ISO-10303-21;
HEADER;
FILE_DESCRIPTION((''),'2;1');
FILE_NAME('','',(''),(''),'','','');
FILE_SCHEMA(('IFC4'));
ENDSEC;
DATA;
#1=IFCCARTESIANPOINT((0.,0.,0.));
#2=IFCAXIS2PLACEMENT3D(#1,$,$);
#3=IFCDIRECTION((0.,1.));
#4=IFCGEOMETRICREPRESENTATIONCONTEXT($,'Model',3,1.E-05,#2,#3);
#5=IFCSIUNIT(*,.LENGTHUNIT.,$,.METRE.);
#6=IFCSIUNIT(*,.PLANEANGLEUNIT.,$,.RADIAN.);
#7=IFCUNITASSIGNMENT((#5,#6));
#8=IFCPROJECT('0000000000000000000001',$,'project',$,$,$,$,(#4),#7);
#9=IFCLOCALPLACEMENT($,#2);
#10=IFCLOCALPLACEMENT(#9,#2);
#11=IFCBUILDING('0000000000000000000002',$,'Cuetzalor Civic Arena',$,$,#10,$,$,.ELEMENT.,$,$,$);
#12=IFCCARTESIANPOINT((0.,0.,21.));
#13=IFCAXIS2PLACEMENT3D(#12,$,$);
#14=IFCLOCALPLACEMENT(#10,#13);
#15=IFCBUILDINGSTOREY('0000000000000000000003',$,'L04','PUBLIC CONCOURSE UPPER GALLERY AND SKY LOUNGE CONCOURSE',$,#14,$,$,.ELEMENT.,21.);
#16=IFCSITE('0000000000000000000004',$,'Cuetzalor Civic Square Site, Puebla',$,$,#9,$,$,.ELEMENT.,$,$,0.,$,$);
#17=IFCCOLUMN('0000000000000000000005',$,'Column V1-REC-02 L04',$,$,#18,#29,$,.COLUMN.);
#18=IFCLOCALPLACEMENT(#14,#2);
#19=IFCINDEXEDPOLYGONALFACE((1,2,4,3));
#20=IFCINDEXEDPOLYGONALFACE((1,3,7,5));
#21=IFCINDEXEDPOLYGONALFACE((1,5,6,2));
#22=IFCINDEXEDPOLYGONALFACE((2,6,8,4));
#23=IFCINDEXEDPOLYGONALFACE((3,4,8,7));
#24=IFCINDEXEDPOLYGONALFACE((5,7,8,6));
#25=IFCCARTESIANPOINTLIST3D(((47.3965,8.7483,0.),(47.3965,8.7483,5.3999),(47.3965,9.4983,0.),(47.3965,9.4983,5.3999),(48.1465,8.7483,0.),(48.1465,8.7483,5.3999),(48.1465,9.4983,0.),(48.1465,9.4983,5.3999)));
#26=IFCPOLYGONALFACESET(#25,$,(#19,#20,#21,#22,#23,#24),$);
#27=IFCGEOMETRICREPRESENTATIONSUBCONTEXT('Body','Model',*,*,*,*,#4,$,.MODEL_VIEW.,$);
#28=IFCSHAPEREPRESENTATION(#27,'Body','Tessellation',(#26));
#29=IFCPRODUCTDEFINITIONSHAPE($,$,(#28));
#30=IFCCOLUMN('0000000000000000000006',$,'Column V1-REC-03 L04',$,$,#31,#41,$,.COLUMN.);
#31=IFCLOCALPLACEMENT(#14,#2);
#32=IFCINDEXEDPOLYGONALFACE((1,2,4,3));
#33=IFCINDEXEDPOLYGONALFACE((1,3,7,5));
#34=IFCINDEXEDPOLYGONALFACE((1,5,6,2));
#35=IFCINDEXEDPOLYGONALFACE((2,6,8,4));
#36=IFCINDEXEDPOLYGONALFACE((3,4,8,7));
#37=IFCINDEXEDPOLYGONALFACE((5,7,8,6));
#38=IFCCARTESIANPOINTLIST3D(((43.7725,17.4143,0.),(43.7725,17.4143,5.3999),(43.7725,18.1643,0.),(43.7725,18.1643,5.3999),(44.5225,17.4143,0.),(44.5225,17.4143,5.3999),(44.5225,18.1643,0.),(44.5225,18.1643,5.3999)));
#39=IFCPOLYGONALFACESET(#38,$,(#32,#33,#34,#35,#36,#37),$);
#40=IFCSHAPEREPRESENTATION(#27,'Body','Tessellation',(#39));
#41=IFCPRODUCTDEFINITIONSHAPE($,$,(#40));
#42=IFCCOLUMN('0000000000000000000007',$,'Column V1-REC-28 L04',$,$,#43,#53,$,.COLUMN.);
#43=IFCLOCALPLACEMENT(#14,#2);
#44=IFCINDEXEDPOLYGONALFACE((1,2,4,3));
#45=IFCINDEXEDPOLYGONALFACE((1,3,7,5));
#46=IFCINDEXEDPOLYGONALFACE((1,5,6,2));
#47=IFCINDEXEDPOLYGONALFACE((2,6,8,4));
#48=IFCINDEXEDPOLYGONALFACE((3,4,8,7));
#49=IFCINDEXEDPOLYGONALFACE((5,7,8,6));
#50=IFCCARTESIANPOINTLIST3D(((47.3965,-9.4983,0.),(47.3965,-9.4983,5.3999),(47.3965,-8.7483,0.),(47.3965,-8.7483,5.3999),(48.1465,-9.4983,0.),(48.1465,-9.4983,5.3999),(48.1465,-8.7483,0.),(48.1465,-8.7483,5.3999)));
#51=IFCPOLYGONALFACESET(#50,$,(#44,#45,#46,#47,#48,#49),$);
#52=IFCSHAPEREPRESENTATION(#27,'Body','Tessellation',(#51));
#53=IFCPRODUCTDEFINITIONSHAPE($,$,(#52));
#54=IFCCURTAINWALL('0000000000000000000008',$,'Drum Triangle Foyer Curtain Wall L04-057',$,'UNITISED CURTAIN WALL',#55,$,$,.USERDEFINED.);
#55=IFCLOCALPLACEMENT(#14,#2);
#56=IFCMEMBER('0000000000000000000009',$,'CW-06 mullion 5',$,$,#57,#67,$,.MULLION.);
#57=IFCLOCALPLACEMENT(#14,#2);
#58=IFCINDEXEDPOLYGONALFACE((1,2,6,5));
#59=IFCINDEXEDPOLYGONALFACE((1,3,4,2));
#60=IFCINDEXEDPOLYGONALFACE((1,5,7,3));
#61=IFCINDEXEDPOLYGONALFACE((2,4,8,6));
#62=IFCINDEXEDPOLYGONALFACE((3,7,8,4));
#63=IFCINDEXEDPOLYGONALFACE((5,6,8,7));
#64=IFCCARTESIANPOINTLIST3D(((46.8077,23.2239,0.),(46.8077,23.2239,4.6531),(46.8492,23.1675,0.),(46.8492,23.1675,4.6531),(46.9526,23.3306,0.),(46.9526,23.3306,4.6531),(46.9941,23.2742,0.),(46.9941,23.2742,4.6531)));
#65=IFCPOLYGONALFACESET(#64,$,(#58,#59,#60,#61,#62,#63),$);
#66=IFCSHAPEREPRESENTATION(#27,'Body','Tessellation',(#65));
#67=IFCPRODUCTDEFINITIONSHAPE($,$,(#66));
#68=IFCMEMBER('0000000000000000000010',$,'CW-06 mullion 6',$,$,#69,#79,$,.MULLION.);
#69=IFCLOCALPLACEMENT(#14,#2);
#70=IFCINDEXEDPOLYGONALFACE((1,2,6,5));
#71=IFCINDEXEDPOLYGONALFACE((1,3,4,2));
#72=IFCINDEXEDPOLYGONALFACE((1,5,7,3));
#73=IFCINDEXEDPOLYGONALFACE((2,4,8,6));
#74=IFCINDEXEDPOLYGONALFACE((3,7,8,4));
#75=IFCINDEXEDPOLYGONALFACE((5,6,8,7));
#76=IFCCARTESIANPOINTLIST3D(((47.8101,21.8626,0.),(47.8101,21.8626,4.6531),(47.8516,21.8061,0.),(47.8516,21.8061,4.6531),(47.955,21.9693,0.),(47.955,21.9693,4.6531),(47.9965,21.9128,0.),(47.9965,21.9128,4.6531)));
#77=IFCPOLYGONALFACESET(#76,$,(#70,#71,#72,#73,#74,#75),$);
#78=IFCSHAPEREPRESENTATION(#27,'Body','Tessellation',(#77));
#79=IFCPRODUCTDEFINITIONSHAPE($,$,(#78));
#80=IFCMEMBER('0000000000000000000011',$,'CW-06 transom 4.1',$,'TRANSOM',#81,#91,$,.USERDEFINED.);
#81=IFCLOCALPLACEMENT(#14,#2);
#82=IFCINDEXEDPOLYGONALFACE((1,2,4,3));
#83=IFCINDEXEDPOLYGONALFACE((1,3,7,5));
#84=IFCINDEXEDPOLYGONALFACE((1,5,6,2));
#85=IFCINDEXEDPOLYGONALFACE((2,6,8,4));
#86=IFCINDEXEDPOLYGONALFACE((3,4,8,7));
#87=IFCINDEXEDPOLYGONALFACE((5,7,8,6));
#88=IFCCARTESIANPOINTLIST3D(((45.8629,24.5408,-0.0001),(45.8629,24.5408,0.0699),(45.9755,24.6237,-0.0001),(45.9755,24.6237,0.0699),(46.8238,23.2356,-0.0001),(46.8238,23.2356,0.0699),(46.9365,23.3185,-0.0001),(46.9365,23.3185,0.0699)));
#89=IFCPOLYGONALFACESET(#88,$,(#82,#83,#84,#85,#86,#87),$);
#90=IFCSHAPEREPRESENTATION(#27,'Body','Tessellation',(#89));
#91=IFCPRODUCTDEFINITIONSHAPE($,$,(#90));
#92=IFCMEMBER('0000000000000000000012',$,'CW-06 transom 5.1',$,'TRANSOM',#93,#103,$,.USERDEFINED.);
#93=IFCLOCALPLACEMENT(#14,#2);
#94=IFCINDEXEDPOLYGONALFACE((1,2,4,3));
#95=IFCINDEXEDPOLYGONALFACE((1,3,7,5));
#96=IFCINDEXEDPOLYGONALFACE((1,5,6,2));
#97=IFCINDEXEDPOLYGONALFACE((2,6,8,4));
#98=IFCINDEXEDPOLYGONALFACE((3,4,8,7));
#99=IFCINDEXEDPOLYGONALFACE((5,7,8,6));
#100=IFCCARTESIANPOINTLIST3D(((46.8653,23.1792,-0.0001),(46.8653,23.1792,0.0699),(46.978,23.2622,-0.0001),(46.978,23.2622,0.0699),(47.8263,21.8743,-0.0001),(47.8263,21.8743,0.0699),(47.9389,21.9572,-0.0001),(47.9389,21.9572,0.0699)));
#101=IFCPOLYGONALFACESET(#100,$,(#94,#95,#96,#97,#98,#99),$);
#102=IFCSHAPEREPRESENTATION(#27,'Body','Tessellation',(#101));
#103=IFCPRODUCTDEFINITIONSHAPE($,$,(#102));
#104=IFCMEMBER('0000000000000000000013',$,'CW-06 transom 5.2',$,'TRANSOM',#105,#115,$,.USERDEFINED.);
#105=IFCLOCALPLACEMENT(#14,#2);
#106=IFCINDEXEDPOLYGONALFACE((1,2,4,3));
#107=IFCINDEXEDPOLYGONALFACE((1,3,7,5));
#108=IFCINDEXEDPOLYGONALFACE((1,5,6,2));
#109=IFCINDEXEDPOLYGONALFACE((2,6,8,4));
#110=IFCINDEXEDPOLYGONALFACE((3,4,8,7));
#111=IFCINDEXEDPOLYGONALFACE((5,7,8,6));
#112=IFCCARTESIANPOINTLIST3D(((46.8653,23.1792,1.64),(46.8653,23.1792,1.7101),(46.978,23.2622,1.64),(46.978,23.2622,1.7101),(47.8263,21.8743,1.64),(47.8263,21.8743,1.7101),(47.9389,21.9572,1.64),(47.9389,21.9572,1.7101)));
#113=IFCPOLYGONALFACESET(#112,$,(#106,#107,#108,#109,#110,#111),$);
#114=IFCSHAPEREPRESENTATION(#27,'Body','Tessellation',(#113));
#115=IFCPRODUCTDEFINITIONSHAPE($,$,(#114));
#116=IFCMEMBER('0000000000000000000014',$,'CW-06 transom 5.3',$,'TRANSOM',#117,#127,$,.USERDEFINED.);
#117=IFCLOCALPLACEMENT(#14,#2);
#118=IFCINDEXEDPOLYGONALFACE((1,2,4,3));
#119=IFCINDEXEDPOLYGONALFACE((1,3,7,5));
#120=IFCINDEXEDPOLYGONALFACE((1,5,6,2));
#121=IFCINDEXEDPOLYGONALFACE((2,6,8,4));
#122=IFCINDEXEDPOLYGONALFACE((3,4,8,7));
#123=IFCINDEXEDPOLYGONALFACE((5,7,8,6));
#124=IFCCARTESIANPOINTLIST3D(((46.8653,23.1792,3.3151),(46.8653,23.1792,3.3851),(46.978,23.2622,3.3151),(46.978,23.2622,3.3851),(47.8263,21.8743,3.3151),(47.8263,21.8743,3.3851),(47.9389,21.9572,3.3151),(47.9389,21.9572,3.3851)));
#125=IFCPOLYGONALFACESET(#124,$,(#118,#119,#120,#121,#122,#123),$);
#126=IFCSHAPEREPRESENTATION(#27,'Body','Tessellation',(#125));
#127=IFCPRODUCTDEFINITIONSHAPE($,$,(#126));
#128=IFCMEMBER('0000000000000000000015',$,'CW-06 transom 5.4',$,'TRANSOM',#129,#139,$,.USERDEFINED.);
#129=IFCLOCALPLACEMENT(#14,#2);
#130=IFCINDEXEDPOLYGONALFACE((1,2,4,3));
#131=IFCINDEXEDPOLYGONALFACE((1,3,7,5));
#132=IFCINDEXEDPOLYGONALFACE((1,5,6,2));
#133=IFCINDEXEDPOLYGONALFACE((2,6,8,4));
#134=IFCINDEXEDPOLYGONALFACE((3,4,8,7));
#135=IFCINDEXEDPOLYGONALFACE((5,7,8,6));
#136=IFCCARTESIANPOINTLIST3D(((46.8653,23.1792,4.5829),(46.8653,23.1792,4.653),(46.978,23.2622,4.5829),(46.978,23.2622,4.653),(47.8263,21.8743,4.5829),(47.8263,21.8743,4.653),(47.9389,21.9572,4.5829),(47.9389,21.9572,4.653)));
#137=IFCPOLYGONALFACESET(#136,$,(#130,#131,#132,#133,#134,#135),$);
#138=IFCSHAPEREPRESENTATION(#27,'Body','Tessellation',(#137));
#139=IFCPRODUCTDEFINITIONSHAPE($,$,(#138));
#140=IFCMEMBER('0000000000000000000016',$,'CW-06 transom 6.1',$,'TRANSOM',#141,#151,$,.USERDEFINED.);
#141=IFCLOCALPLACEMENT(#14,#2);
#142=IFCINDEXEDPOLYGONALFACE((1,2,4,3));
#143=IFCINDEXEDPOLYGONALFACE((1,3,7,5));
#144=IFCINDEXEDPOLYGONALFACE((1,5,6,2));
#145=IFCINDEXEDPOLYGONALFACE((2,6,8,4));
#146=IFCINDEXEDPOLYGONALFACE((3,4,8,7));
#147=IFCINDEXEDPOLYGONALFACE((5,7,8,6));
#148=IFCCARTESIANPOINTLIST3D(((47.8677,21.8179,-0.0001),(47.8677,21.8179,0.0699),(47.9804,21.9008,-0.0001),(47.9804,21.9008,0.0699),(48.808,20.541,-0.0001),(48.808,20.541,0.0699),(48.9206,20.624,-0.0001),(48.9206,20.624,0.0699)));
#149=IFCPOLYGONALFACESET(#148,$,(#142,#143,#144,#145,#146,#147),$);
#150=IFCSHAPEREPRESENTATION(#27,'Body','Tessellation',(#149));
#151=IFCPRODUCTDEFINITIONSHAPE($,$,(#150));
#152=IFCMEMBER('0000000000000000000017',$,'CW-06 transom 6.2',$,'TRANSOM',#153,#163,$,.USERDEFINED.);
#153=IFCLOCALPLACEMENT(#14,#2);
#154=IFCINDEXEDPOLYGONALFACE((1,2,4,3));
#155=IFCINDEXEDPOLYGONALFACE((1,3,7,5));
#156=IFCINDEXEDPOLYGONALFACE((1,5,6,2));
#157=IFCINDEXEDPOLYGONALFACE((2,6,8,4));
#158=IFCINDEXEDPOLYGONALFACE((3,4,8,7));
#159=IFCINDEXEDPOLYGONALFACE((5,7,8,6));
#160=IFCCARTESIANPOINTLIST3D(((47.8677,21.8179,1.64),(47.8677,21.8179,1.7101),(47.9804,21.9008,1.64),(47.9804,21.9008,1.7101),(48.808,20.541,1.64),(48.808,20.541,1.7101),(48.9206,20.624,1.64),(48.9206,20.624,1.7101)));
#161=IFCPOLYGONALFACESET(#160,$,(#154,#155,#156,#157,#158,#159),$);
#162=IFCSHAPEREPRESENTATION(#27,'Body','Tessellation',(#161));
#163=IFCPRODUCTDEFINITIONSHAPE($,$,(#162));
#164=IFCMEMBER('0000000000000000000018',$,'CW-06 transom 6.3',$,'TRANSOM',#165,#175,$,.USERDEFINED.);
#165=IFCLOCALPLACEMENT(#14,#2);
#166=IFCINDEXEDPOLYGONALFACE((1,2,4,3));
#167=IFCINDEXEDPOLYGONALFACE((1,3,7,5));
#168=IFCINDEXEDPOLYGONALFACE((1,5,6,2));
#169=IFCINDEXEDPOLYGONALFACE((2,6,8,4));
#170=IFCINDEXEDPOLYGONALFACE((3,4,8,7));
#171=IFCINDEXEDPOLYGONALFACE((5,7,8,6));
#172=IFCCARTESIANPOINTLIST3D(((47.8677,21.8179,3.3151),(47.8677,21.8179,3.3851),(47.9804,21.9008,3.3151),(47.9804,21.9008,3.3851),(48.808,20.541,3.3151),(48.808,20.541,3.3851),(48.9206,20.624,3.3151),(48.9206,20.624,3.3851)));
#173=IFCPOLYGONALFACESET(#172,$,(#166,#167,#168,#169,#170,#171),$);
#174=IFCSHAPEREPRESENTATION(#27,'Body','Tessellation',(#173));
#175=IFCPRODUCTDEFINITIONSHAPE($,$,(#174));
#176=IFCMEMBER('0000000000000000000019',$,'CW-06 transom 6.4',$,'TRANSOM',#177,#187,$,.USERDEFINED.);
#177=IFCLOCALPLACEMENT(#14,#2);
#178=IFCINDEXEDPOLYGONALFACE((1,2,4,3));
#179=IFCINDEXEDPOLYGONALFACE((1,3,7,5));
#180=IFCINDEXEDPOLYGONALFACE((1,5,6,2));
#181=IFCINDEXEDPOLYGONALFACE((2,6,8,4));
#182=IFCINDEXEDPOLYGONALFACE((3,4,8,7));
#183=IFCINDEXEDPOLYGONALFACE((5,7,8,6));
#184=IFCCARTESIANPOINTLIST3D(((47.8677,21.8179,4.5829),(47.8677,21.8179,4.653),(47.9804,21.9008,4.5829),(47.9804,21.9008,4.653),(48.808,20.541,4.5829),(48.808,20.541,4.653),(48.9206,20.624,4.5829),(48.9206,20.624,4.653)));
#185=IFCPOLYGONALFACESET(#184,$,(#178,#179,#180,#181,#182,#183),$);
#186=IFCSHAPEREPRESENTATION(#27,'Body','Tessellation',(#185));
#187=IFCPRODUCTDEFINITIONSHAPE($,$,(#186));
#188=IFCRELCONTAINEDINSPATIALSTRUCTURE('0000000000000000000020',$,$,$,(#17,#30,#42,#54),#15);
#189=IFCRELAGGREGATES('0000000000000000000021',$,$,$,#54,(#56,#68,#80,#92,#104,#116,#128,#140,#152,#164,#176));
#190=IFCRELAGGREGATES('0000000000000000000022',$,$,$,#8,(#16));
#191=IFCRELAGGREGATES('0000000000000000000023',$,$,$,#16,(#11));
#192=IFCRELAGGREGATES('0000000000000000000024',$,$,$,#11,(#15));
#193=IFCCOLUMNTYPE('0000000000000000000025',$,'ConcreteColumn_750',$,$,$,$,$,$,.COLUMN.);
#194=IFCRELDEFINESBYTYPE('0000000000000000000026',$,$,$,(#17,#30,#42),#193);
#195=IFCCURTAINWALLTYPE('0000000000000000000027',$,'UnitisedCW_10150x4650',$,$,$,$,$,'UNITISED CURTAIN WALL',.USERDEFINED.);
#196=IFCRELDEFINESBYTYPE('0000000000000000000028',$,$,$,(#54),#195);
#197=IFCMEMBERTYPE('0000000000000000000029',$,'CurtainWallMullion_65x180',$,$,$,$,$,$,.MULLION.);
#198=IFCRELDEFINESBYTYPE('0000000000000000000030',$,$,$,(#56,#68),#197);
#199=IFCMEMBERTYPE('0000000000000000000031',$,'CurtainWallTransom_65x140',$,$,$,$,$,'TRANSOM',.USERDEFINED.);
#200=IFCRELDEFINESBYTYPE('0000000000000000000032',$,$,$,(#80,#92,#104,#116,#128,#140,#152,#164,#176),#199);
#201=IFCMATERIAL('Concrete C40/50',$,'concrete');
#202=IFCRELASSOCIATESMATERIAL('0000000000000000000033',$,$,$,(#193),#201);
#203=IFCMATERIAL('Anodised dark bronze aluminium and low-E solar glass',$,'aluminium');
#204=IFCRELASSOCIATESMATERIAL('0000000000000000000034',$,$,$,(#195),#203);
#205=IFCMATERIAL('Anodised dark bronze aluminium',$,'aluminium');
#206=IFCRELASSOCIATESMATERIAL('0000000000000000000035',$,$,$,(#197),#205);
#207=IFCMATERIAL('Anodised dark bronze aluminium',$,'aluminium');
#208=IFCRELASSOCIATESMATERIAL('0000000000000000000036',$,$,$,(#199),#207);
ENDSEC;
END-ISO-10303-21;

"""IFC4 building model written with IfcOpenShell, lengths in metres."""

from ifc_helpers import new_model, si_unit, direction, frame, origin, origin_2d, place, context, subcontext, project, spatial, rectangle, extrude, material, material_profile, profile_set, type_object, element, aggregate, save


model = new_model("IFC4")

# Units and contexts
model_context = context("Model", 3, precision=1e-05, world=origin(), true_north=direction((0.0, 1.0)))
body_context = subcontext(model_context, "Body", "Model", "MODEL_VIEW")
ifc_project = project(units=[si_unit("LENGTHUNIT", "METRE"), si_unit("PLANEANGLEUNIT", "RADIAN")], contexts=[model_context])

# Site, building, storey
site_placement = place(None, origin())
site = spatial("IfcSite", under=ifc_project, at=site_placement, Name="Cuetzalor Civic Square Site, Puebla", CompositionType="ELEMENT", RefElevation=0.0)
building_placement = place(site_placement, origin())
building = spatial("IfcBuilding", under=site, at=building_placement, Name="Cuetzalor Civic Arena", CompositionType="ELEMENT")
storey_placement = place(building_placement, frame((0.0, 0.0, 21.0)))
storey = spatial("IfcBuildingStorey", under=building, at=storey_placement, Name="L04", Description="PUBLIC CONCOURSE UPPER GALLERY AND SKY LOUNGE CONCOURSE", CompositionType="ELEMENT", Elevation=21.0)

# Columns
ifc_material_1 = material(Name="Concrete C40/50", Category="concrete")
ifc_material_profile_1 = material_profile(ifc_material_1, rectangle(XDim=0.75, YDim=0.75, at=origin_2d()), Name="RC 750x750")
ifc_profile_set_1 = profile_set([ifc_material_profile_1], Name="Concrete C40/50")
column_type = type_object("IfcColumnType", Name="ConcreteColumn_750", PredefinedType="COLUMN", material=ifc_profile_set_1)
for number, where, z_axis, x_axis, name in (
    (1, (47.7715, 9.1233, 0.0), (0.0, 0.0, 1.0), (1.0, 0.0, 0.0), "Column V1-REC-02 L04"),
    (2, (44.1475, 17.7893, 0.0), (0.0, 0.0, 1.0), (1.0, 0.0, 0.0), "Column V1-REC-03 L04"),
    (3, (47.7715, -9.1233, 0.0), (0.0, 0.0, 1.0), (1.0, 0.0, 0.0), "Column V1-REC-28 L04"),
):
    element("IfcColumn", number, at=place(storey_placement, frame(where, z_axis=z_axis, x_axis=x_axis)), inside=storey, type_object=column_type, Name=name, PredefinedType="COLUMN", context=body_context, shape_type="SweptSolid", body=[
        extrude(rectangle(XDim=0.75, YDim=0.75, at=origin_2d()), origin(), (0.0, 0.0, 1.0), 5.3999),
    ])

# Curtain wall, members
ifc_material_2 = material(Name="Anodised dark bronze aluminium and low-E solar glass", Category="aluminium")
curtain_wall_type = type_object("IfcCurtainWallType", Name="UnitisedCW_10150x4650", ElementType="UNITISED CURTAIN WALL", PredefinedType="USERDEFINED", material=ifc_material_2)
curtain_wall_placement = place(storey_placement, origin())
curtain_wall = element("IfcCurtainWall", 4, at=curtain_wall_placement, inside=storey, type_object=curtain_wall_type, Name="Drum Triangle Foyer Curtain Wall L04-057", ObjectType="UNITISED CURTAIN WALL", PredefinedType="USERDEFINED")
ifc_material_3 = material(Name="Anodised dark bronze aluminium", Category="aluminium")
ifc_material_profile_2 = material_profile(ifc_material_3, rectangle(XDim=0.0701, YDim=0.1799, at=origin_2d()), Name="ALU MULLION 70x180")
ifc_profile_set_2 = profile_set([ifc_material_profile_2], Name="Anodised dark bronze aluminium")
member_type_1 = type_object("IfcMemberType", Name="CurtainWallMullion_65x180", PredefinedType="MULLION", material=ifc_profile_set_2)
member_1_placement = place(storey_placement, frame((46.9009, 23.249, 0.0), z_axis=(0.0, 0.0, 1.0), x_axis=(0.592929, -0.805255, 0.0)))
member_1 = element("IfcMember", 5, at=member_1_placement, type_object=member_type_1, Name="CW-06 mullion 5", PredefinedType="MULLION", context=body_context, shape_type="SweptSolid", body=[
    extrude(rectangle(XDim=0.0701, YDim=0.1799, at=origin_2d()), origin(), (0.0, 0.0, 1.0), 4.6531),
])
member_2_placement = place(storey_placement, frame((47.9033, 21.8877, 0.0), z_axis=(0.0, 0.0, 1.0), x_axis=(0.592929, -0.805255, 0.0)))
member_2 = element("IfcMember", 6, at=member_2_placement, type_object=member_type_1, Name="CW-06 mullion 6", PredefinedType="MULLION", context=body_context, shape_type="SweptSolid", body=[
    extrude(rectangle(XDim=0.0701, YDim=0.1799, at=origin_2d()), origin(), (0.0, 0.0, 1.0), 4.6531),
])
ifc_material_4 = material(Name="Anodised dark bronze aluminium", Category="aluminium")
ifc_material_profile_3 = material_profile(ifc_material_4, rectangle(XDim=0.1399, YDim=0.0701, at=origin_2d()), Name="ALU TRANSOM 70x140")
ifc_profile_set_3 = profile_set([ifc_material_profile_3], Name="Anodised dark bronze aluminium")
member_type_2 = type_object("IfcMemberType", Name="CurtainWallTransom_65x140", ElementType="TRANSOM", PredefinedType="USERDEFINED", material=ifc_profile_set_3)
member_3_placement = place(storey_placement, frame((45.9192, 24.5823, 0.0349), z_axis=(0.592891, -0.805283, 0.0), x_axis=(0.805283, 0.592891, 0.0)))
member_3 = element("IfcMember", 7, at=member_3_placement, type_object=member_type_2, Name="CW-06 transom 4.1", ObjectType="TRANSOM", PredefinedType="USERDEFINED", context=body_context, shape_type="SweptSolid", body=[
    extrude(rectangle(XDim=0.1399, YDim=0.0701, at=origin_2d()), origin(), (0.0, 0.0, 1.0), 1.6208),
])
member_4_placement = place(storey_placement, frame((46.9216, 23.2207, 0.0349), z_axis=(0.592963, -0.80523, 0.0), x_axis=(0.80523, 0.592963, 0.0)))
member_4 = element("IfcMember", 8, at=member_4_placement, type_object=member_type_2, Name="CW-06 transom 5.1", ObjectType="TRANSOM", PredefinedType="USERDEFINED", context=body_context, shape_type="SweptSolid", body=[
    extrude(rectangle(XDim=0.1399, YDim=0.0701, at=origin_2d()), origin(), (0.0, 0.0, 1.0), 1.6206),
])
member_5_placement = place(storey_placement, frame((46.9216, 23.2207, 1.675), z_axis=(0.592963, -0.80523, 0.0), x_axis=(0.80523, 0.592963, 0.0)))
member_5 = element("IfcMember", 9, at=member_5_placement, type_object=member_type_2, Name="CW-06 transom 5.2", ObjectType="TRANSOM", PredefinedType="USERDEFINED", context=body_context, shape_type="SweptSolid", body=[
    extrude(rectangle(XDim=0.1399, YDim=0.0701, at=origin_2d()), origin(), (0.0, 0.0, 1.0), 1.6206),
])
member_6_placement = place(storey_placement, frame((46.9216, 23.2207, 3.3501), z_axis=(0.592963, -0.80523, 0.0), x_axis=(0.80523, 0.592963, 0.0)))
member_6 = element("IfcMember", 10, at=member_6_placement, type_object=member_type_2, Name="CW-06 transom 5.3", ObjectType="TRANSOM", PredefinedType="USERDEFINED", context=body_context, shape_type="SweptSolid", body=[
    extrude(rectangle(XDim=0.1399, YDim=0.0701, at=origin_2d()), origin(), (0.0, 0.0, 1.0), 1.6206),
])
member_7_placement = place(storey_placement, frame((46.9216, 23.2207, 4.6179), z_axis=(0.592963, -0.80523, 0.0), x_axis=(0.80523, 0.592963, 0.0)))
member_7 = element("IfcMember", 11, at=member_7_placement, type_object=member_type_2, Name="CW-06 transom 5.4", ObjectType="TRANSOM", PredefinedType="USERDEFINED", context=body_context, shape_type="SweptSolid", body=[
    extrude(rectangle(XDim=0.1399, YDim=0.0701, at=origin_2d()), origin(), (0.0, 0.0, 1.0), 1.6206),
])
member_8_placement = place(storey_placement, frame((47.9241, 21.8594, 0.0349), z_axis=(0.592931, -0.805253, 0.0), x_axis=(0.805253, 0.592931, 0.0)))
member_8 = element("IfcMember", 12, at=member_8_placement, type_object=member_type_2, Name="CW-06 transom 6.1", ObjectType="TRANSOM", PredefinedType="USERDEFINED", context=body_context, shape_type="SweptSolid", body=[
    extrude(rectangle(XDim=0.1399, YDim=0.0701, at=origin_2d()), origin(), (0.0, 0.0, 1.0), 1.5857),
])
member_9_placement = place(storey_placement, frame((47.9241, 21.8594, 1.675), z_axis=(0.592931, -0.805253, 0.0), x_axis=(0.805253, 0.592931, 0.0)))
member_9 = element("IfcMember", 13, at=member_9_placement, type_object=member_type_2, Name="CW-06 transom 6.2", ObjectType="TRANSOM", PredefinedType="USERDEFINED", context=body_context, shape_type="SweptSolid", body=[
    extrude(rectangle(XDim=0.1399, YDim=0.0701, at=origin_2d()), origin(), (0.0, 0.0, 1.0), 1.5857),
])
member_10_placement = place(storey_placement, frame((47.9241, 21.8594, 3.3501), z_axis=(0.592931, -0.805253, 0.0), x_axis=(0.805253, 0.592931, 0.0)))
member_10 = element("IfcMember", 14, at=member_10_placement, type_object=member_type_2, Name="CW-06 transom 6.3", ObjectType="TRANSOM", PredefinedType="USERDEFINED", context=body_context, shape_type="SweptSolid", body=[
    extrude(rectangle(XDim=0.1399, YDim=0.0701, at=origin_2d()), origin(), (0.0, 0.0, 1.0), 1.5857),
])
member_11_placement = place(storey_placement, frame((47.9241, 21.8594, 4.6179), z_axis=(0.592931, -0.805253, 0.0), x_axis=(0.805253, 0.592931, 0.0)))
member_11 = element("IfcMember", 15, at=member_11_placement, type_object=member_type_2, Name="CW-06 transom 6.4", ObjectType="TRANSOM", PredefinedType="USERDEFINED", context=body_context, shape_type="SweptSolid", body=[
    extrude(rectangle(XDim=0.1399, YDim=0.0701, at=origin_2d()), origin(), (0.0, 0.0, 1.0), 1.5857),
])

aggregate(curtain_wall, [member_1, member_2, member_3, member_4, member_5, member_6, member_7, member_8, member_9, member_10, member_11])

save(model, "model.ifc")
